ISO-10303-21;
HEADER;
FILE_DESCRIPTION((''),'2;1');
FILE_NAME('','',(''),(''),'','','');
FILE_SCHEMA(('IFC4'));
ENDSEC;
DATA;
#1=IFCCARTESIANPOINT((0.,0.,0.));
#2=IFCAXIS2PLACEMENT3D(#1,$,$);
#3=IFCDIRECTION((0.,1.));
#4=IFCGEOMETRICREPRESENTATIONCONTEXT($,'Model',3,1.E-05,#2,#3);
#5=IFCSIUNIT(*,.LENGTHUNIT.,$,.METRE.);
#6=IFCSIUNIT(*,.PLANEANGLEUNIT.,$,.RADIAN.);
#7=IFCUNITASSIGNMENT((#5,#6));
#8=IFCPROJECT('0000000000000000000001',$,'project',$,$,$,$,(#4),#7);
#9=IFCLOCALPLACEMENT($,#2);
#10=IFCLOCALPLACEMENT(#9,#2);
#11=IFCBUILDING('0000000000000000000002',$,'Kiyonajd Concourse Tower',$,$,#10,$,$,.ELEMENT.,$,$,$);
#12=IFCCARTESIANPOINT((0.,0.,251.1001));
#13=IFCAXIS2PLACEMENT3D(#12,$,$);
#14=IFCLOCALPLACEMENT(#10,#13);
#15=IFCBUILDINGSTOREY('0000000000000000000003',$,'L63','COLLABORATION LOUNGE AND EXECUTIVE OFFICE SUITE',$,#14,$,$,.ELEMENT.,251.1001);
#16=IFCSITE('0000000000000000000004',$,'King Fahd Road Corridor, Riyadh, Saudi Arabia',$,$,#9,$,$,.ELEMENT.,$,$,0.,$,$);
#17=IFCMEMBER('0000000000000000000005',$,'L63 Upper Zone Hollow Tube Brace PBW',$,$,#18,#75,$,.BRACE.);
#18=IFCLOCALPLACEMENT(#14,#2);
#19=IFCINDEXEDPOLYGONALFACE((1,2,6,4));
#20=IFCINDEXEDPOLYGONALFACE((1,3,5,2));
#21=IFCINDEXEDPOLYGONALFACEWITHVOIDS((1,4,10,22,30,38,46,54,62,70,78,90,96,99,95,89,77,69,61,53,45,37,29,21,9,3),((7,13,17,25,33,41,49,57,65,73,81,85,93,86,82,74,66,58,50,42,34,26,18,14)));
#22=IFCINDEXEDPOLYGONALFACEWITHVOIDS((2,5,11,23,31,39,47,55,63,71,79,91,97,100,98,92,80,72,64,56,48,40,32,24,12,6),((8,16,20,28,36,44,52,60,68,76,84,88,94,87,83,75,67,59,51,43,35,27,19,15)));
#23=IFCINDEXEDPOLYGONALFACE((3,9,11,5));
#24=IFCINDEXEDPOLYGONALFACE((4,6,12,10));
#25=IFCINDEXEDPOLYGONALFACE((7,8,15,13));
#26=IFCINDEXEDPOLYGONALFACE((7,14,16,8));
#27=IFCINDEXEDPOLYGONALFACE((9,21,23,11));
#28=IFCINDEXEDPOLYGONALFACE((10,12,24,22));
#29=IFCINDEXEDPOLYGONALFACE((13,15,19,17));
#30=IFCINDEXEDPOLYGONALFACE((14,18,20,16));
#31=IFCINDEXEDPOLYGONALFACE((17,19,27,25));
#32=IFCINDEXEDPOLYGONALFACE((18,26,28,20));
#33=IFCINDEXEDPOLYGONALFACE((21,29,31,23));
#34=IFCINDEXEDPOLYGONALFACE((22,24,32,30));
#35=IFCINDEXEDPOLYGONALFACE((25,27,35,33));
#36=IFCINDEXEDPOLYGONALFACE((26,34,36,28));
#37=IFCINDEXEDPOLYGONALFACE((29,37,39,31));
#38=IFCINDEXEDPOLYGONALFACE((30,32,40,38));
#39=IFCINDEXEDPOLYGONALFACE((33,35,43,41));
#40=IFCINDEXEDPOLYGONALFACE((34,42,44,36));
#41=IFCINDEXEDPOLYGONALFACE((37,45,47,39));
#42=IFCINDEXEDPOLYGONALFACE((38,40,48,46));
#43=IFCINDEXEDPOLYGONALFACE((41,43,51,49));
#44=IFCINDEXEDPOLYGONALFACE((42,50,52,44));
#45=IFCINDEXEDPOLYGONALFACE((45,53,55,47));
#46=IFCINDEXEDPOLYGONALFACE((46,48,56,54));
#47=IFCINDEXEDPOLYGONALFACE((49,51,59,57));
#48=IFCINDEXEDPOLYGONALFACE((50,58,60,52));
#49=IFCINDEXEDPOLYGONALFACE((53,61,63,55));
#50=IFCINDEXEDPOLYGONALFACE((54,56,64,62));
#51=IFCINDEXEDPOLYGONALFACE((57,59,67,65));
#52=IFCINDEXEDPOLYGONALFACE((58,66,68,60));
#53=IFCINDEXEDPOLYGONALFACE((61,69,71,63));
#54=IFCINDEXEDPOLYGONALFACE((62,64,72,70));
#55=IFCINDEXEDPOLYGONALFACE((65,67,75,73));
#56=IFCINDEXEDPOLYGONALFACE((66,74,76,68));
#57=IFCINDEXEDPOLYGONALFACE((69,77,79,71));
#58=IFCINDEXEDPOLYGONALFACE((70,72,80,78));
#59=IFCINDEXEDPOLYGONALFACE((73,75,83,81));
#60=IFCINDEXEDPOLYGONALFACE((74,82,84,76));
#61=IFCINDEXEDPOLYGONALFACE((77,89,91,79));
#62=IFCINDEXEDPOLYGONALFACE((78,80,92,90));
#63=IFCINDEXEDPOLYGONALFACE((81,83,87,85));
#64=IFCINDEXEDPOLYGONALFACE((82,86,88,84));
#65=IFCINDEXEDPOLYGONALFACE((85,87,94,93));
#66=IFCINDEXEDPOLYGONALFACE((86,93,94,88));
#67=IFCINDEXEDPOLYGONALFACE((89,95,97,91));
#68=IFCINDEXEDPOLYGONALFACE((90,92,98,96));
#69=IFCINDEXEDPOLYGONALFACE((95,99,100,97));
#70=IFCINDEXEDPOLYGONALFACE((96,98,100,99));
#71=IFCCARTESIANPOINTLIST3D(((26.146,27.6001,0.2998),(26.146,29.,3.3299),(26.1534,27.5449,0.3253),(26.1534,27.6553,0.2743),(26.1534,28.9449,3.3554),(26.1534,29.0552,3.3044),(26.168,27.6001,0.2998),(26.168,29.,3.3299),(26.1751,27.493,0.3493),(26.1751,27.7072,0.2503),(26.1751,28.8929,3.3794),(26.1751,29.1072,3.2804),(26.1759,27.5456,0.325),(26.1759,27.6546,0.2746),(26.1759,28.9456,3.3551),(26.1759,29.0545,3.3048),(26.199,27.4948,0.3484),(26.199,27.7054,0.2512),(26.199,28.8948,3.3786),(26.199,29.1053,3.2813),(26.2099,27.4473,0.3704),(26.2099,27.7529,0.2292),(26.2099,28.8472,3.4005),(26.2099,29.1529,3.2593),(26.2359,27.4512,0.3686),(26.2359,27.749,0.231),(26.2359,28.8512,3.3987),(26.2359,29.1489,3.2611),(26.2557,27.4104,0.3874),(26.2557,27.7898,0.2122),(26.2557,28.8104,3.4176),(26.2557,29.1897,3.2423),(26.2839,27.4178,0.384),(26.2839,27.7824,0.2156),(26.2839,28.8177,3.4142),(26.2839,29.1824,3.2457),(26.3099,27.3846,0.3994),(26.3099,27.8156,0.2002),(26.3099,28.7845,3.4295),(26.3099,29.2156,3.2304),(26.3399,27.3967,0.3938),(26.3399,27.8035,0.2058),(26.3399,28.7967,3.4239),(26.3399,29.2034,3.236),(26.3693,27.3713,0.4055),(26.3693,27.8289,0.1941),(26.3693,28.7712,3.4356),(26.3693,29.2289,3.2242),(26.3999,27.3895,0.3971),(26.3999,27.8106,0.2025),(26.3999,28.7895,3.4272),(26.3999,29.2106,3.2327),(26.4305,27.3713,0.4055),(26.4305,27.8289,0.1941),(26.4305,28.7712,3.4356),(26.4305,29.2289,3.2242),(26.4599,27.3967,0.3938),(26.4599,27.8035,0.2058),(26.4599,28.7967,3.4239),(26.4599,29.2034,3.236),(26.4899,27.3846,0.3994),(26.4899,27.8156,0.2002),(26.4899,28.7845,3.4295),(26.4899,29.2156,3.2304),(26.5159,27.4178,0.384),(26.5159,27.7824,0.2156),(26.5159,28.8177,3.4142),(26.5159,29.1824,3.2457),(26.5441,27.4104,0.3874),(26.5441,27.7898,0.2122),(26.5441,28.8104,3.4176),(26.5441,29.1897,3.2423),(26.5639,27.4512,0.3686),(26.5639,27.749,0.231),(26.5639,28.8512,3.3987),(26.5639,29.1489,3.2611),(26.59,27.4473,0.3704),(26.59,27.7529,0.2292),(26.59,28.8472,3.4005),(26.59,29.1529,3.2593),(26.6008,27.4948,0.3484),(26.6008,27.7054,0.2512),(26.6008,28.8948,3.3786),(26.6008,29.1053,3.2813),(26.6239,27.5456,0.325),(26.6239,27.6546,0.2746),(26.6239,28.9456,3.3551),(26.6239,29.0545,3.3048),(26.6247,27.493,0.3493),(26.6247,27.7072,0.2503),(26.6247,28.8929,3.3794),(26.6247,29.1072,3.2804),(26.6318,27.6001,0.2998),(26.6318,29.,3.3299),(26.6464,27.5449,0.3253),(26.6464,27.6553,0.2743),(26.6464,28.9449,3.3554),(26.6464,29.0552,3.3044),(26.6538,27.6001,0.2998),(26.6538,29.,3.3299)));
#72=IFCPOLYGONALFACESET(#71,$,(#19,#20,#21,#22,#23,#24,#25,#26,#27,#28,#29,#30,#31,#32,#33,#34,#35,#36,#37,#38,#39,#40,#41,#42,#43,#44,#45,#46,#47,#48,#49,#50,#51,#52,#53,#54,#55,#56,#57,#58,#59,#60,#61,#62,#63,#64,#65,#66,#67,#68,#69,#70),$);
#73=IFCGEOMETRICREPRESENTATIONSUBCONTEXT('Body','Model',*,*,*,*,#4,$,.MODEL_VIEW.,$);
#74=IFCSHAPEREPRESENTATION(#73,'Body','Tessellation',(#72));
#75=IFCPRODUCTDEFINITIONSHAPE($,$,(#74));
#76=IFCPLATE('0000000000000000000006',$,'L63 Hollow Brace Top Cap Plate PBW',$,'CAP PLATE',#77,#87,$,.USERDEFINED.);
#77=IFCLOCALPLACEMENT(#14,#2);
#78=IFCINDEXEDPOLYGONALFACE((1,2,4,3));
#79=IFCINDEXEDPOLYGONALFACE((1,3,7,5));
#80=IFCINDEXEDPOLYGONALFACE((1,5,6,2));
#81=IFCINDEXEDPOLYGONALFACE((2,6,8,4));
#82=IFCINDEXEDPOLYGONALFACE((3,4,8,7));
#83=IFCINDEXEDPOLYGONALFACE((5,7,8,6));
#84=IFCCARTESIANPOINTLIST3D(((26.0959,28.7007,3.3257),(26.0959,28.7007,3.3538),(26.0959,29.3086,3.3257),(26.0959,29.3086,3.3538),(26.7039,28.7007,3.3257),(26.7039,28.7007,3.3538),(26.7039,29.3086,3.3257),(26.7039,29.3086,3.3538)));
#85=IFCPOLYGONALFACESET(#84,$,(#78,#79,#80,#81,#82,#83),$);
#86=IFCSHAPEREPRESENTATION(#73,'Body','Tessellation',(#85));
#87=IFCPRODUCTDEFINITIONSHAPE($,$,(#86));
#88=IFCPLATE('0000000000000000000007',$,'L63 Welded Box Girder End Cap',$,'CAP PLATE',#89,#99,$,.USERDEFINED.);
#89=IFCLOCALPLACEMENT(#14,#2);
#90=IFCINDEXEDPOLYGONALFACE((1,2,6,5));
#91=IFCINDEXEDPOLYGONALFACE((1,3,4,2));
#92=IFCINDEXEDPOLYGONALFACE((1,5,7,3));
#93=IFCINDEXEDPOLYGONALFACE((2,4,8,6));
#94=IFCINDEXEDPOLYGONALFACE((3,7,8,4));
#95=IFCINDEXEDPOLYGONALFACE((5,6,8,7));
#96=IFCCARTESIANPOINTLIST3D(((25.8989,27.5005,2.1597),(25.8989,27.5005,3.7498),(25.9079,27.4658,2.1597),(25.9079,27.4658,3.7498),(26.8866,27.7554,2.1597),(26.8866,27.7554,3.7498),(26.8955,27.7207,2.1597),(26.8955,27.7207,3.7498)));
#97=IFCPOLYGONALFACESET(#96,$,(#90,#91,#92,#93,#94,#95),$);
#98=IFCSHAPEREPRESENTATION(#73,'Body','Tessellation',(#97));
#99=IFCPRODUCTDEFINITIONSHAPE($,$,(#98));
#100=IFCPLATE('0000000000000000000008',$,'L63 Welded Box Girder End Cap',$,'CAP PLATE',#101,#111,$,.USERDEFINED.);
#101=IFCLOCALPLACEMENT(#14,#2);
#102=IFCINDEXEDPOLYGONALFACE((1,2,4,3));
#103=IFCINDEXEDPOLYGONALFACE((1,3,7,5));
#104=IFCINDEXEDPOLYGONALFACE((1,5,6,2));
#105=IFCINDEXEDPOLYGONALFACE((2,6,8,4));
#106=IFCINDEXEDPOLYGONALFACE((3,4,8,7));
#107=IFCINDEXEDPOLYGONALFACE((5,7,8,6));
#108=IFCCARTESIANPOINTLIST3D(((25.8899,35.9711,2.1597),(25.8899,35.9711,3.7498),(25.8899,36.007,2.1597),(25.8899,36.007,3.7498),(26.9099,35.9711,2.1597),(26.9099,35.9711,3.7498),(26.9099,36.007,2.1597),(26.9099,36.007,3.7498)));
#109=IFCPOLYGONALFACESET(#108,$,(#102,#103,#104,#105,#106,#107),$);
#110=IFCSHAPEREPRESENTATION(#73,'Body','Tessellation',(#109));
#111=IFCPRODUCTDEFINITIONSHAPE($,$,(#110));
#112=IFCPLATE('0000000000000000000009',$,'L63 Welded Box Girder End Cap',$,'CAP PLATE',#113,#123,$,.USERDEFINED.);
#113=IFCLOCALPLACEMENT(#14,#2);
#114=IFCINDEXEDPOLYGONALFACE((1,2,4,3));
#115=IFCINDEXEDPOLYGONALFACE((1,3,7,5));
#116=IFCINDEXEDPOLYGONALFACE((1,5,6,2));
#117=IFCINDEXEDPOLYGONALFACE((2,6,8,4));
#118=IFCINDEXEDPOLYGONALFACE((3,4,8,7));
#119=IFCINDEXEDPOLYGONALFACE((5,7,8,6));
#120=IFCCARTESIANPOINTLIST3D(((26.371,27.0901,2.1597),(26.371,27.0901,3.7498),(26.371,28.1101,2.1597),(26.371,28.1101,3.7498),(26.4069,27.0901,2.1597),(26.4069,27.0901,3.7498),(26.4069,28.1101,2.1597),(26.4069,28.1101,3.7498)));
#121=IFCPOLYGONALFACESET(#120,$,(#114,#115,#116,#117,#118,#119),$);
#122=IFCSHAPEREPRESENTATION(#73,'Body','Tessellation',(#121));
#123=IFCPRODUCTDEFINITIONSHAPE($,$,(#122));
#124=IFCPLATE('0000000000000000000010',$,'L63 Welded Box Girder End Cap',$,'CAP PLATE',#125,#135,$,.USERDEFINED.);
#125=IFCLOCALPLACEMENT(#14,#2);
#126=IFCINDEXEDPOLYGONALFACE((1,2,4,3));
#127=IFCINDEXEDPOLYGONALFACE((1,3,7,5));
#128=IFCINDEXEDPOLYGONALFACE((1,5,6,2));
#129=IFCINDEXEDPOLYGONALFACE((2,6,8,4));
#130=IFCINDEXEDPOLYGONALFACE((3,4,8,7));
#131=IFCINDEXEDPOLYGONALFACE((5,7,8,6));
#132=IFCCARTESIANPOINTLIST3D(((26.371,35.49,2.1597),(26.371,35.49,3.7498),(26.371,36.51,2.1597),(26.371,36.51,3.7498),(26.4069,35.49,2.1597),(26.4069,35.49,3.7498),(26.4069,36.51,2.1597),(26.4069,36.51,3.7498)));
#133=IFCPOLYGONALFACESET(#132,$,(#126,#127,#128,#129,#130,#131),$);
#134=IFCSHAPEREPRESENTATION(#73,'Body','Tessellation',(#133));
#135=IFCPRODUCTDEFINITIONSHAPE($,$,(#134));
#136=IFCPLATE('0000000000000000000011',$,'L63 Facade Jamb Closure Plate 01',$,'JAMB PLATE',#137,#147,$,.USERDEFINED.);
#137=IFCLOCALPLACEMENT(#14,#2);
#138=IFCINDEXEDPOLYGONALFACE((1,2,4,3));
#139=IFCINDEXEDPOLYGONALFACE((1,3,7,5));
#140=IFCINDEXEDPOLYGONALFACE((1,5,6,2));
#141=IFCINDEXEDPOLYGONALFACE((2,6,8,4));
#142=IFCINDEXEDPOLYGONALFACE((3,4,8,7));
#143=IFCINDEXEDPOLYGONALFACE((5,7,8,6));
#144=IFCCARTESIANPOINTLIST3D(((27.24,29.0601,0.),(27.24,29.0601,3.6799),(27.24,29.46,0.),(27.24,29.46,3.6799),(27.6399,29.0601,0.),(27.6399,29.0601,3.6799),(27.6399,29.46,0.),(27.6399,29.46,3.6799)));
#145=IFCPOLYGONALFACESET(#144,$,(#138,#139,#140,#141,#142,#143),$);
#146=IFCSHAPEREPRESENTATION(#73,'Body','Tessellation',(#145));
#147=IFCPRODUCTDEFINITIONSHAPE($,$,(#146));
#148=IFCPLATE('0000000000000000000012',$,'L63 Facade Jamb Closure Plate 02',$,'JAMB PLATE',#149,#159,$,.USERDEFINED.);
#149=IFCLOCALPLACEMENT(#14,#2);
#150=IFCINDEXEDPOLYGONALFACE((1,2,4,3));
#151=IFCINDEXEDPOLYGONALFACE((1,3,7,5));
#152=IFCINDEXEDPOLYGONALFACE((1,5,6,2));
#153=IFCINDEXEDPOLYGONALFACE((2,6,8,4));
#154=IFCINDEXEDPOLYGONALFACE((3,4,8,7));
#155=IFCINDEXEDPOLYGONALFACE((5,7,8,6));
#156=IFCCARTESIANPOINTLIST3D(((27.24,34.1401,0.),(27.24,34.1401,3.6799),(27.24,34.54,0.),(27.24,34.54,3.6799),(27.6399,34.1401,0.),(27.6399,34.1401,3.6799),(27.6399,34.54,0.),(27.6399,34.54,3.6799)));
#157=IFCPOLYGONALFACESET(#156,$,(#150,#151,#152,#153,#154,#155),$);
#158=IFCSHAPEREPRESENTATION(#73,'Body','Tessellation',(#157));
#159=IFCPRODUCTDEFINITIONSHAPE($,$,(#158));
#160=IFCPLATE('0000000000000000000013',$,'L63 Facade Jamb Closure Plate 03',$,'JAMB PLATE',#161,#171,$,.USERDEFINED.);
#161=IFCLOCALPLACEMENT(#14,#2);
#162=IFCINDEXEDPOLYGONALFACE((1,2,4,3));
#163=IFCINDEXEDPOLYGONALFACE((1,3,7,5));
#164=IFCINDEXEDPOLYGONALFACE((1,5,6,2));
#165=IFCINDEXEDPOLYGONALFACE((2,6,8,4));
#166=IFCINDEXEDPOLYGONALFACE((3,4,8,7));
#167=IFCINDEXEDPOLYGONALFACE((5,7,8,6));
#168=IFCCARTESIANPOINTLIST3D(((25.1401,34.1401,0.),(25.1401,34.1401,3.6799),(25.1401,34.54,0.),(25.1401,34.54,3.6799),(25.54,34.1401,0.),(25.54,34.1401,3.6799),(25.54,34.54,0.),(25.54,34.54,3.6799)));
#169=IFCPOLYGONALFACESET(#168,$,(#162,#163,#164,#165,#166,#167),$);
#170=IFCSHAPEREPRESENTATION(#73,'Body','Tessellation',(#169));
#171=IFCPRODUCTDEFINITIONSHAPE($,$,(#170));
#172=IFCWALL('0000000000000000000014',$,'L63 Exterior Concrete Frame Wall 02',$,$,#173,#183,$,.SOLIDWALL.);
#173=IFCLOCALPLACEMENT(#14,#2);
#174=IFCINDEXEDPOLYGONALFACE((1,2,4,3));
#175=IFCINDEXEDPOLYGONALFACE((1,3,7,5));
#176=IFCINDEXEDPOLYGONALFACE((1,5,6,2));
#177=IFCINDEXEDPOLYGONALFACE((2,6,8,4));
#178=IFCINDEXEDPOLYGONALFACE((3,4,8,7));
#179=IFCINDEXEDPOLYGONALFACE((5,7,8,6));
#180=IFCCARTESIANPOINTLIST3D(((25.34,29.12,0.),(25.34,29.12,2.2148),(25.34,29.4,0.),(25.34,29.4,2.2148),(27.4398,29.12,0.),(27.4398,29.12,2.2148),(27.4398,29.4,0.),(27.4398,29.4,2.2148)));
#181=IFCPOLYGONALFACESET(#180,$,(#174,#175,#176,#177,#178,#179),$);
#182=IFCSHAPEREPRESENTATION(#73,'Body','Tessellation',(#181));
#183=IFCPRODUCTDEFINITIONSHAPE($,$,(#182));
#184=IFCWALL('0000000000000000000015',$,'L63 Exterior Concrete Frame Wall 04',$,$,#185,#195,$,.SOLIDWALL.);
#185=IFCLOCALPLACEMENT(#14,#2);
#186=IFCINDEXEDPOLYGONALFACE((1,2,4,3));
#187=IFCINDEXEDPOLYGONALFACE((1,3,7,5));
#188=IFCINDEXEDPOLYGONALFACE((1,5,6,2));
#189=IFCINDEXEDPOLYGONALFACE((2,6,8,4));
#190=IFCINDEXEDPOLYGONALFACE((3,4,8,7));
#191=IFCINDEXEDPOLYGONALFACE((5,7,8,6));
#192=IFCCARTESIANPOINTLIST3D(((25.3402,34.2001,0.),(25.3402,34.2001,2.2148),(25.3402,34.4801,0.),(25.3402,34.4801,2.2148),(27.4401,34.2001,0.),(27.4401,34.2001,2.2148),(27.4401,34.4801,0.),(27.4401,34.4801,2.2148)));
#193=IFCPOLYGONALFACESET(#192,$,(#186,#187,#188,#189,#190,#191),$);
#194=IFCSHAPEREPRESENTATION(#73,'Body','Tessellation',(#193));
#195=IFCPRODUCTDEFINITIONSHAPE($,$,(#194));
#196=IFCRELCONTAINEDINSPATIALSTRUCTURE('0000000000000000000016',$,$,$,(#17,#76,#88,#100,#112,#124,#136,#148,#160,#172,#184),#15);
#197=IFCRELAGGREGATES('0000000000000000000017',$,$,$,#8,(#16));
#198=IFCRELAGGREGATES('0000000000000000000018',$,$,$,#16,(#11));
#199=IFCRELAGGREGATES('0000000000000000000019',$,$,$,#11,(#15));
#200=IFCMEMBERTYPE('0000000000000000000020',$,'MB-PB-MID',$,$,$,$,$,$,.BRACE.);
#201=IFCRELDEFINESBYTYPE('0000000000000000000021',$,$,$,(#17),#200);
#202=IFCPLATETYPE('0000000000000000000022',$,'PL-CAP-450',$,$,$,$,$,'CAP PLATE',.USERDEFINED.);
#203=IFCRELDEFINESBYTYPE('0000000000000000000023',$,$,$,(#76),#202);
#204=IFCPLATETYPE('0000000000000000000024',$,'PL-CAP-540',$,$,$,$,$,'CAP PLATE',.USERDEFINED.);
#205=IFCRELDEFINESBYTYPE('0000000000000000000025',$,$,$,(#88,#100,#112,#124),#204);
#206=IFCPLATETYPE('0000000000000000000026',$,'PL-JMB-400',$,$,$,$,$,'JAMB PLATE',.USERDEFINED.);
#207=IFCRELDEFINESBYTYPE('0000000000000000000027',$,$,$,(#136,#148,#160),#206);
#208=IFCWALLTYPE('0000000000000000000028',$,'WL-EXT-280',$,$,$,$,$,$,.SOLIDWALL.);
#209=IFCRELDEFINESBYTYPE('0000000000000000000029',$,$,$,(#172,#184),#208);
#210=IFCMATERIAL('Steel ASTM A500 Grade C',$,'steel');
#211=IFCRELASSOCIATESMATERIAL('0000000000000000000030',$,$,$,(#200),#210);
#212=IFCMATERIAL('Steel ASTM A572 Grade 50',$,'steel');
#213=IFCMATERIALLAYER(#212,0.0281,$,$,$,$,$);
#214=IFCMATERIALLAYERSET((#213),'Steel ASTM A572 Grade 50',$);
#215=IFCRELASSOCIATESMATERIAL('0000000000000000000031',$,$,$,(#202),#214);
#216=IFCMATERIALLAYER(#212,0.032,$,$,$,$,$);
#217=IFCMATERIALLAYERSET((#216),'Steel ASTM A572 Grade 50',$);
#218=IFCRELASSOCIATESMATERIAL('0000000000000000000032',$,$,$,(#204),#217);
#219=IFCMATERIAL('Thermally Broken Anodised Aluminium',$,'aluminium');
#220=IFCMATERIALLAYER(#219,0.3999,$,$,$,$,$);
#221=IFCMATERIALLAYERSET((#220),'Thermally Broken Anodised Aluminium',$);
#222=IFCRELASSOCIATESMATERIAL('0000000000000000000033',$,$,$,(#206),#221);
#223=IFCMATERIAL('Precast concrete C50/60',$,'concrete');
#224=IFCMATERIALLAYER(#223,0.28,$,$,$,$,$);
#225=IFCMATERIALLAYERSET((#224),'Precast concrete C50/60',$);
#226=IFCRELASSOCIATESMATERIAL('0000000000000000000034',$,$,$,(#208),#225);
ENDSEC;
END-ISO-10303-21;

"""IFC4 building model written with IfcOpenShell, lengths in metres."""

from ifc_helpers import new_model, si_unit, direction, frame, frame_2d, origin, origin_2d, place, context, subcontext, project, spatial, rectangle, hollow_circle, extrude, material, layer, layer_set, material_profile, profile_set, type_object, element, save


model = new_model("IFC4")

# Units and contexts
model_context = context("Model", 3, precision=1e-05, world=origin(), true_north=direction((0.0, 1.0)))
body_context = subcontext(model_context, "Body", "Model", "MODEL_VIEW")
ifc_project = project(units=[si_unit("LENGTHUNIT", "METRE"), si_unit("PLANEANGLEUNIT", "RADIAN")], contexts=[model_context])

# Site, building, storey
site_placement = place(None, origin())
site = spatial("IfcSite", under=ifc_project, at=site_placement, Name="King Fahd Road Corridor, Riyadh, Saudi Arabia", CompositionType="ELEMENT", RefElevation=0.0)
building_placement = place(site_placement, origin())
building = spatial("IfcBuilding", under=site, at=building_placement, Name="Kiyonajd Concourse Tower", CompositionType="ELEMENT")
storey_placement = place(building_placement, frame((0.0, 0.0, 251.1001)))
storey = spatial("IfcBuildingStorey", under=building, at=storey_placement, Name="L63", Description="COLLABORATION LOUNGE AND EXECUTIVE OFFICE SUITE", CompositionType="ELEMENT", Elevation=251.1001)

# Shared definitions
ifc_material_1 = material(Name="Steel ASTM A572 Grade 50", Category="steel")

# Shared definitions
ifc_material_2 = material(Name="Thermally Broken Anodised Aluminium", Category="aluminium")

# Member
ifc_material_3 = material(Name="Steel ASTM A500 Grade C", Category="steel")
ifc_material_profile_1 = material_profile(ifc_material_3, hollow_circle(Radius=0.2539, WallThickness=0.022, at=origin_2d()), Name="CHS-508x22")
ifc_profile_set_1 = profile_set([ifc_material_profile_1], Name="Steel ASTM A500 Grade C")
member_type_1 = type_object("IfcMemberType", Name="MB-PB-MID", PredefinedType="BRACE", material=ifc_profile_set_1)
member_1_placement = place(storey_placement, frame((26.3999, 27.6001, 0.2998), z_axis=(0.0, 0.419411, 0.907797), x_axis=(-1.0, 0.0, 0.0)))
element("IfcMember", 1, at=member_1_placement, inside=storey, type_object=member_type_1, Name="L63 Upper Zone Hollow Tube Brace PBW", PredefinedType="BRACE", context=body_context, shape_type="SweptSolid", body=[
    extrude(hollow_circle(Radius=0.2539, WallThickness=0.022, at=origin_2d()), origin(), (0.0, 0.0, 1.0), 3.3379),
])

# Plates
ifc_layer_1 = layer(ifc_material_1, 0.0281)
ifc_layer_set_1 = layer_set([ifc_layer_1], Name="Steel ASTM A572 Grade 50")
plate_type_1 = type_object("IfcPlateType", Name="PL-CAP-450", ElementType="CAP PLATE", PredefinedType="USERDEFINED", material=ifc_layer_set_1)
plate_placement = place(storey_placement, frame((26.3999, 29.0046, 3.3257), z_axis=(0.0, 0.0, 1.0), x_axis=(1.0, 0.0, 0.0)))
element("IfcPlate", 2, at=plate_placement, inside=storey, type_object=plate_type_1, Name="L63 Hollow Brace Top Cap Plate PBW", ObjectType="CAP PLATE", PredefinedType="USERDEFINED", context=body_context, shape_type="SweptSolid", body=[
    extrude(rectangle(XDim=0.6079, YDim=0.6079, at=origin_2d()), origin(), (0.0, 0.0, 1.0), 0.0281),
])
ifc_layer_2 = layer(ifc_material_1, 0.032)
ifc_layer_set_2 = layer_set([ifc_layer_2], Name="Steel ASTM A572 Grade 50")
plate_type_2 = type_object("IfcPlateType", Name="PL-CAP-540", ElementType="CAP PLATE", PredefinedType="USERDEFINED", material=ifc_layer_set_2)
for number, where, z_axis, x_axis, name in (
    (3, (26.3972, 27.6106, 2.1597), (0.0, 0.0, 1.0), (-0.249873, 0.968279, 0.0), "L63 Welded Box Girder End Cap"),
    (4, (26.3999, 35.989, 2.1597), (0.0, 0.0, 1.0), (0.0, -1.0, 0.0), "L63 Welded Box Girder End Cap"),
    (5, (26.3889, 27.6001, 2.1597), (0.0, 0.0, 1.0), (-1.0, 0.0, 0.0), "L63 Welded Box Girder End Cap"),
    (6, (26.3889, 36.0, 2.1597), (0.0, 0.0, 1.0), (-1.0, 0.0, 0.0), "L63 Welded Box Girder End Cap"),
):
    element("IfcPlate", number, at=place(storey_placement, frame(where, z_axis=z_axis, x_axis=x_axis)), inside=storey, type_object=plate_type_2, Name=name, ObjectType="CAP PLATE", PredefinedType="USERDEFINED", context=body_context, shape_type="SweptSolid", body=[
        extrude(rectangle(XDim=0.0359, YDim=1.02, at=origin_2d()), origin(), (0.0, 0.0, 1.0), 1.5901),
    ])
ifc_layer_3 = layer(ifc_material_2, 0.3999)
ifc_layer_set_3 = layer_set([ifc_layer_3], Name="Thermally Broken Anodised Aluminium")
plate_type_3 = type_object("IfcPlateType", Name="PL-JMB-400", ElementType="JAMB PLATE", PredefinedType="USERDEFINED", material=ifc_layer_set_3)
for number, where, z_axis, x_axis, name in (
    (7, (27.4399, 29.26, 0.0), (0.0, 0.0, 1.0), (1.0, 0.0, 0.0), "L63 Facade Jamb Closure Plate 01"),
    (8, (27.4399, 34.3401, 0.0), (0.0, 0.0, 1.0), (1.0, 0.0, 0.0), "L63 Facade Jamb Closure Plate 02"),
    (9, (25.3401, 34.3401, 0.0), (0.0, 0.0, 1.0), (1.0, 0.0, 0.0), "L63 Facade Jamb Closure Plate 03"),
):
    element("IfcPlate", number, at=place(storey_placement, frame(where, z_axis=z_axis, x_axis=x_axis)), inside=storey, type_object=plate_type_3, Name=name, ObjectType="JAMB PLATE", PredefinedType="USERDEFINED", context=body_context, shape_type="SweptSolid", body=[
        extrude(rectangle(XDim=0.3999, YDim=0.3999, at=origin_2d()), origin(), (0.0, 0.0, 1.0), 3.6799),
    ])

# Walls
ifc_material_4 = material(Name="Precast concrete C50/60", Category="concrete")
ifc_layer_4 = layer(ifc_material_4, 0.28)
ifc_layer_set_4 = layer_set([ifc_layer_4], Name="Precast concrete C50/60")
wall_type_1 = type_object("IfcWallType", Name="WL-EXT-280", PredefinedType="SOLIDWALL", material=ifc_layer_set_4)
for number, where, z_axis, x_axis, name in (
    (10, (25.3401, 29.26, 0.0), (0.0, 0.0, 1.0), (1.0, 0.0, 0.0), "L63 Exterior Concrete Frame Wall 02"),
    (11, (27.4399, 34.3401, 0.0), (0.0, 0.0, 1.0), (-1.0, 0.0, 0.0), "L63 Exterior Concrete Frame Wall 04"),
):
    element("IfcWall", number, at=place(storey_placement, frame(where, z_axis=z_axis, x_axis=x_axis)), inside=storey, type_object=wall_type_1, Name=name, PredefinedType="SOLIDWALL", context=body_context, shape_type="SweptSolid", body=[
        extrude(rectangle(XDim=2.0999, YDim=0.28, at=frame_2d((1.0498, 0.0))), origin(), (0.0, 0.0, 1.0), 2.2148),
    ])

save(model, "model.ifc")
